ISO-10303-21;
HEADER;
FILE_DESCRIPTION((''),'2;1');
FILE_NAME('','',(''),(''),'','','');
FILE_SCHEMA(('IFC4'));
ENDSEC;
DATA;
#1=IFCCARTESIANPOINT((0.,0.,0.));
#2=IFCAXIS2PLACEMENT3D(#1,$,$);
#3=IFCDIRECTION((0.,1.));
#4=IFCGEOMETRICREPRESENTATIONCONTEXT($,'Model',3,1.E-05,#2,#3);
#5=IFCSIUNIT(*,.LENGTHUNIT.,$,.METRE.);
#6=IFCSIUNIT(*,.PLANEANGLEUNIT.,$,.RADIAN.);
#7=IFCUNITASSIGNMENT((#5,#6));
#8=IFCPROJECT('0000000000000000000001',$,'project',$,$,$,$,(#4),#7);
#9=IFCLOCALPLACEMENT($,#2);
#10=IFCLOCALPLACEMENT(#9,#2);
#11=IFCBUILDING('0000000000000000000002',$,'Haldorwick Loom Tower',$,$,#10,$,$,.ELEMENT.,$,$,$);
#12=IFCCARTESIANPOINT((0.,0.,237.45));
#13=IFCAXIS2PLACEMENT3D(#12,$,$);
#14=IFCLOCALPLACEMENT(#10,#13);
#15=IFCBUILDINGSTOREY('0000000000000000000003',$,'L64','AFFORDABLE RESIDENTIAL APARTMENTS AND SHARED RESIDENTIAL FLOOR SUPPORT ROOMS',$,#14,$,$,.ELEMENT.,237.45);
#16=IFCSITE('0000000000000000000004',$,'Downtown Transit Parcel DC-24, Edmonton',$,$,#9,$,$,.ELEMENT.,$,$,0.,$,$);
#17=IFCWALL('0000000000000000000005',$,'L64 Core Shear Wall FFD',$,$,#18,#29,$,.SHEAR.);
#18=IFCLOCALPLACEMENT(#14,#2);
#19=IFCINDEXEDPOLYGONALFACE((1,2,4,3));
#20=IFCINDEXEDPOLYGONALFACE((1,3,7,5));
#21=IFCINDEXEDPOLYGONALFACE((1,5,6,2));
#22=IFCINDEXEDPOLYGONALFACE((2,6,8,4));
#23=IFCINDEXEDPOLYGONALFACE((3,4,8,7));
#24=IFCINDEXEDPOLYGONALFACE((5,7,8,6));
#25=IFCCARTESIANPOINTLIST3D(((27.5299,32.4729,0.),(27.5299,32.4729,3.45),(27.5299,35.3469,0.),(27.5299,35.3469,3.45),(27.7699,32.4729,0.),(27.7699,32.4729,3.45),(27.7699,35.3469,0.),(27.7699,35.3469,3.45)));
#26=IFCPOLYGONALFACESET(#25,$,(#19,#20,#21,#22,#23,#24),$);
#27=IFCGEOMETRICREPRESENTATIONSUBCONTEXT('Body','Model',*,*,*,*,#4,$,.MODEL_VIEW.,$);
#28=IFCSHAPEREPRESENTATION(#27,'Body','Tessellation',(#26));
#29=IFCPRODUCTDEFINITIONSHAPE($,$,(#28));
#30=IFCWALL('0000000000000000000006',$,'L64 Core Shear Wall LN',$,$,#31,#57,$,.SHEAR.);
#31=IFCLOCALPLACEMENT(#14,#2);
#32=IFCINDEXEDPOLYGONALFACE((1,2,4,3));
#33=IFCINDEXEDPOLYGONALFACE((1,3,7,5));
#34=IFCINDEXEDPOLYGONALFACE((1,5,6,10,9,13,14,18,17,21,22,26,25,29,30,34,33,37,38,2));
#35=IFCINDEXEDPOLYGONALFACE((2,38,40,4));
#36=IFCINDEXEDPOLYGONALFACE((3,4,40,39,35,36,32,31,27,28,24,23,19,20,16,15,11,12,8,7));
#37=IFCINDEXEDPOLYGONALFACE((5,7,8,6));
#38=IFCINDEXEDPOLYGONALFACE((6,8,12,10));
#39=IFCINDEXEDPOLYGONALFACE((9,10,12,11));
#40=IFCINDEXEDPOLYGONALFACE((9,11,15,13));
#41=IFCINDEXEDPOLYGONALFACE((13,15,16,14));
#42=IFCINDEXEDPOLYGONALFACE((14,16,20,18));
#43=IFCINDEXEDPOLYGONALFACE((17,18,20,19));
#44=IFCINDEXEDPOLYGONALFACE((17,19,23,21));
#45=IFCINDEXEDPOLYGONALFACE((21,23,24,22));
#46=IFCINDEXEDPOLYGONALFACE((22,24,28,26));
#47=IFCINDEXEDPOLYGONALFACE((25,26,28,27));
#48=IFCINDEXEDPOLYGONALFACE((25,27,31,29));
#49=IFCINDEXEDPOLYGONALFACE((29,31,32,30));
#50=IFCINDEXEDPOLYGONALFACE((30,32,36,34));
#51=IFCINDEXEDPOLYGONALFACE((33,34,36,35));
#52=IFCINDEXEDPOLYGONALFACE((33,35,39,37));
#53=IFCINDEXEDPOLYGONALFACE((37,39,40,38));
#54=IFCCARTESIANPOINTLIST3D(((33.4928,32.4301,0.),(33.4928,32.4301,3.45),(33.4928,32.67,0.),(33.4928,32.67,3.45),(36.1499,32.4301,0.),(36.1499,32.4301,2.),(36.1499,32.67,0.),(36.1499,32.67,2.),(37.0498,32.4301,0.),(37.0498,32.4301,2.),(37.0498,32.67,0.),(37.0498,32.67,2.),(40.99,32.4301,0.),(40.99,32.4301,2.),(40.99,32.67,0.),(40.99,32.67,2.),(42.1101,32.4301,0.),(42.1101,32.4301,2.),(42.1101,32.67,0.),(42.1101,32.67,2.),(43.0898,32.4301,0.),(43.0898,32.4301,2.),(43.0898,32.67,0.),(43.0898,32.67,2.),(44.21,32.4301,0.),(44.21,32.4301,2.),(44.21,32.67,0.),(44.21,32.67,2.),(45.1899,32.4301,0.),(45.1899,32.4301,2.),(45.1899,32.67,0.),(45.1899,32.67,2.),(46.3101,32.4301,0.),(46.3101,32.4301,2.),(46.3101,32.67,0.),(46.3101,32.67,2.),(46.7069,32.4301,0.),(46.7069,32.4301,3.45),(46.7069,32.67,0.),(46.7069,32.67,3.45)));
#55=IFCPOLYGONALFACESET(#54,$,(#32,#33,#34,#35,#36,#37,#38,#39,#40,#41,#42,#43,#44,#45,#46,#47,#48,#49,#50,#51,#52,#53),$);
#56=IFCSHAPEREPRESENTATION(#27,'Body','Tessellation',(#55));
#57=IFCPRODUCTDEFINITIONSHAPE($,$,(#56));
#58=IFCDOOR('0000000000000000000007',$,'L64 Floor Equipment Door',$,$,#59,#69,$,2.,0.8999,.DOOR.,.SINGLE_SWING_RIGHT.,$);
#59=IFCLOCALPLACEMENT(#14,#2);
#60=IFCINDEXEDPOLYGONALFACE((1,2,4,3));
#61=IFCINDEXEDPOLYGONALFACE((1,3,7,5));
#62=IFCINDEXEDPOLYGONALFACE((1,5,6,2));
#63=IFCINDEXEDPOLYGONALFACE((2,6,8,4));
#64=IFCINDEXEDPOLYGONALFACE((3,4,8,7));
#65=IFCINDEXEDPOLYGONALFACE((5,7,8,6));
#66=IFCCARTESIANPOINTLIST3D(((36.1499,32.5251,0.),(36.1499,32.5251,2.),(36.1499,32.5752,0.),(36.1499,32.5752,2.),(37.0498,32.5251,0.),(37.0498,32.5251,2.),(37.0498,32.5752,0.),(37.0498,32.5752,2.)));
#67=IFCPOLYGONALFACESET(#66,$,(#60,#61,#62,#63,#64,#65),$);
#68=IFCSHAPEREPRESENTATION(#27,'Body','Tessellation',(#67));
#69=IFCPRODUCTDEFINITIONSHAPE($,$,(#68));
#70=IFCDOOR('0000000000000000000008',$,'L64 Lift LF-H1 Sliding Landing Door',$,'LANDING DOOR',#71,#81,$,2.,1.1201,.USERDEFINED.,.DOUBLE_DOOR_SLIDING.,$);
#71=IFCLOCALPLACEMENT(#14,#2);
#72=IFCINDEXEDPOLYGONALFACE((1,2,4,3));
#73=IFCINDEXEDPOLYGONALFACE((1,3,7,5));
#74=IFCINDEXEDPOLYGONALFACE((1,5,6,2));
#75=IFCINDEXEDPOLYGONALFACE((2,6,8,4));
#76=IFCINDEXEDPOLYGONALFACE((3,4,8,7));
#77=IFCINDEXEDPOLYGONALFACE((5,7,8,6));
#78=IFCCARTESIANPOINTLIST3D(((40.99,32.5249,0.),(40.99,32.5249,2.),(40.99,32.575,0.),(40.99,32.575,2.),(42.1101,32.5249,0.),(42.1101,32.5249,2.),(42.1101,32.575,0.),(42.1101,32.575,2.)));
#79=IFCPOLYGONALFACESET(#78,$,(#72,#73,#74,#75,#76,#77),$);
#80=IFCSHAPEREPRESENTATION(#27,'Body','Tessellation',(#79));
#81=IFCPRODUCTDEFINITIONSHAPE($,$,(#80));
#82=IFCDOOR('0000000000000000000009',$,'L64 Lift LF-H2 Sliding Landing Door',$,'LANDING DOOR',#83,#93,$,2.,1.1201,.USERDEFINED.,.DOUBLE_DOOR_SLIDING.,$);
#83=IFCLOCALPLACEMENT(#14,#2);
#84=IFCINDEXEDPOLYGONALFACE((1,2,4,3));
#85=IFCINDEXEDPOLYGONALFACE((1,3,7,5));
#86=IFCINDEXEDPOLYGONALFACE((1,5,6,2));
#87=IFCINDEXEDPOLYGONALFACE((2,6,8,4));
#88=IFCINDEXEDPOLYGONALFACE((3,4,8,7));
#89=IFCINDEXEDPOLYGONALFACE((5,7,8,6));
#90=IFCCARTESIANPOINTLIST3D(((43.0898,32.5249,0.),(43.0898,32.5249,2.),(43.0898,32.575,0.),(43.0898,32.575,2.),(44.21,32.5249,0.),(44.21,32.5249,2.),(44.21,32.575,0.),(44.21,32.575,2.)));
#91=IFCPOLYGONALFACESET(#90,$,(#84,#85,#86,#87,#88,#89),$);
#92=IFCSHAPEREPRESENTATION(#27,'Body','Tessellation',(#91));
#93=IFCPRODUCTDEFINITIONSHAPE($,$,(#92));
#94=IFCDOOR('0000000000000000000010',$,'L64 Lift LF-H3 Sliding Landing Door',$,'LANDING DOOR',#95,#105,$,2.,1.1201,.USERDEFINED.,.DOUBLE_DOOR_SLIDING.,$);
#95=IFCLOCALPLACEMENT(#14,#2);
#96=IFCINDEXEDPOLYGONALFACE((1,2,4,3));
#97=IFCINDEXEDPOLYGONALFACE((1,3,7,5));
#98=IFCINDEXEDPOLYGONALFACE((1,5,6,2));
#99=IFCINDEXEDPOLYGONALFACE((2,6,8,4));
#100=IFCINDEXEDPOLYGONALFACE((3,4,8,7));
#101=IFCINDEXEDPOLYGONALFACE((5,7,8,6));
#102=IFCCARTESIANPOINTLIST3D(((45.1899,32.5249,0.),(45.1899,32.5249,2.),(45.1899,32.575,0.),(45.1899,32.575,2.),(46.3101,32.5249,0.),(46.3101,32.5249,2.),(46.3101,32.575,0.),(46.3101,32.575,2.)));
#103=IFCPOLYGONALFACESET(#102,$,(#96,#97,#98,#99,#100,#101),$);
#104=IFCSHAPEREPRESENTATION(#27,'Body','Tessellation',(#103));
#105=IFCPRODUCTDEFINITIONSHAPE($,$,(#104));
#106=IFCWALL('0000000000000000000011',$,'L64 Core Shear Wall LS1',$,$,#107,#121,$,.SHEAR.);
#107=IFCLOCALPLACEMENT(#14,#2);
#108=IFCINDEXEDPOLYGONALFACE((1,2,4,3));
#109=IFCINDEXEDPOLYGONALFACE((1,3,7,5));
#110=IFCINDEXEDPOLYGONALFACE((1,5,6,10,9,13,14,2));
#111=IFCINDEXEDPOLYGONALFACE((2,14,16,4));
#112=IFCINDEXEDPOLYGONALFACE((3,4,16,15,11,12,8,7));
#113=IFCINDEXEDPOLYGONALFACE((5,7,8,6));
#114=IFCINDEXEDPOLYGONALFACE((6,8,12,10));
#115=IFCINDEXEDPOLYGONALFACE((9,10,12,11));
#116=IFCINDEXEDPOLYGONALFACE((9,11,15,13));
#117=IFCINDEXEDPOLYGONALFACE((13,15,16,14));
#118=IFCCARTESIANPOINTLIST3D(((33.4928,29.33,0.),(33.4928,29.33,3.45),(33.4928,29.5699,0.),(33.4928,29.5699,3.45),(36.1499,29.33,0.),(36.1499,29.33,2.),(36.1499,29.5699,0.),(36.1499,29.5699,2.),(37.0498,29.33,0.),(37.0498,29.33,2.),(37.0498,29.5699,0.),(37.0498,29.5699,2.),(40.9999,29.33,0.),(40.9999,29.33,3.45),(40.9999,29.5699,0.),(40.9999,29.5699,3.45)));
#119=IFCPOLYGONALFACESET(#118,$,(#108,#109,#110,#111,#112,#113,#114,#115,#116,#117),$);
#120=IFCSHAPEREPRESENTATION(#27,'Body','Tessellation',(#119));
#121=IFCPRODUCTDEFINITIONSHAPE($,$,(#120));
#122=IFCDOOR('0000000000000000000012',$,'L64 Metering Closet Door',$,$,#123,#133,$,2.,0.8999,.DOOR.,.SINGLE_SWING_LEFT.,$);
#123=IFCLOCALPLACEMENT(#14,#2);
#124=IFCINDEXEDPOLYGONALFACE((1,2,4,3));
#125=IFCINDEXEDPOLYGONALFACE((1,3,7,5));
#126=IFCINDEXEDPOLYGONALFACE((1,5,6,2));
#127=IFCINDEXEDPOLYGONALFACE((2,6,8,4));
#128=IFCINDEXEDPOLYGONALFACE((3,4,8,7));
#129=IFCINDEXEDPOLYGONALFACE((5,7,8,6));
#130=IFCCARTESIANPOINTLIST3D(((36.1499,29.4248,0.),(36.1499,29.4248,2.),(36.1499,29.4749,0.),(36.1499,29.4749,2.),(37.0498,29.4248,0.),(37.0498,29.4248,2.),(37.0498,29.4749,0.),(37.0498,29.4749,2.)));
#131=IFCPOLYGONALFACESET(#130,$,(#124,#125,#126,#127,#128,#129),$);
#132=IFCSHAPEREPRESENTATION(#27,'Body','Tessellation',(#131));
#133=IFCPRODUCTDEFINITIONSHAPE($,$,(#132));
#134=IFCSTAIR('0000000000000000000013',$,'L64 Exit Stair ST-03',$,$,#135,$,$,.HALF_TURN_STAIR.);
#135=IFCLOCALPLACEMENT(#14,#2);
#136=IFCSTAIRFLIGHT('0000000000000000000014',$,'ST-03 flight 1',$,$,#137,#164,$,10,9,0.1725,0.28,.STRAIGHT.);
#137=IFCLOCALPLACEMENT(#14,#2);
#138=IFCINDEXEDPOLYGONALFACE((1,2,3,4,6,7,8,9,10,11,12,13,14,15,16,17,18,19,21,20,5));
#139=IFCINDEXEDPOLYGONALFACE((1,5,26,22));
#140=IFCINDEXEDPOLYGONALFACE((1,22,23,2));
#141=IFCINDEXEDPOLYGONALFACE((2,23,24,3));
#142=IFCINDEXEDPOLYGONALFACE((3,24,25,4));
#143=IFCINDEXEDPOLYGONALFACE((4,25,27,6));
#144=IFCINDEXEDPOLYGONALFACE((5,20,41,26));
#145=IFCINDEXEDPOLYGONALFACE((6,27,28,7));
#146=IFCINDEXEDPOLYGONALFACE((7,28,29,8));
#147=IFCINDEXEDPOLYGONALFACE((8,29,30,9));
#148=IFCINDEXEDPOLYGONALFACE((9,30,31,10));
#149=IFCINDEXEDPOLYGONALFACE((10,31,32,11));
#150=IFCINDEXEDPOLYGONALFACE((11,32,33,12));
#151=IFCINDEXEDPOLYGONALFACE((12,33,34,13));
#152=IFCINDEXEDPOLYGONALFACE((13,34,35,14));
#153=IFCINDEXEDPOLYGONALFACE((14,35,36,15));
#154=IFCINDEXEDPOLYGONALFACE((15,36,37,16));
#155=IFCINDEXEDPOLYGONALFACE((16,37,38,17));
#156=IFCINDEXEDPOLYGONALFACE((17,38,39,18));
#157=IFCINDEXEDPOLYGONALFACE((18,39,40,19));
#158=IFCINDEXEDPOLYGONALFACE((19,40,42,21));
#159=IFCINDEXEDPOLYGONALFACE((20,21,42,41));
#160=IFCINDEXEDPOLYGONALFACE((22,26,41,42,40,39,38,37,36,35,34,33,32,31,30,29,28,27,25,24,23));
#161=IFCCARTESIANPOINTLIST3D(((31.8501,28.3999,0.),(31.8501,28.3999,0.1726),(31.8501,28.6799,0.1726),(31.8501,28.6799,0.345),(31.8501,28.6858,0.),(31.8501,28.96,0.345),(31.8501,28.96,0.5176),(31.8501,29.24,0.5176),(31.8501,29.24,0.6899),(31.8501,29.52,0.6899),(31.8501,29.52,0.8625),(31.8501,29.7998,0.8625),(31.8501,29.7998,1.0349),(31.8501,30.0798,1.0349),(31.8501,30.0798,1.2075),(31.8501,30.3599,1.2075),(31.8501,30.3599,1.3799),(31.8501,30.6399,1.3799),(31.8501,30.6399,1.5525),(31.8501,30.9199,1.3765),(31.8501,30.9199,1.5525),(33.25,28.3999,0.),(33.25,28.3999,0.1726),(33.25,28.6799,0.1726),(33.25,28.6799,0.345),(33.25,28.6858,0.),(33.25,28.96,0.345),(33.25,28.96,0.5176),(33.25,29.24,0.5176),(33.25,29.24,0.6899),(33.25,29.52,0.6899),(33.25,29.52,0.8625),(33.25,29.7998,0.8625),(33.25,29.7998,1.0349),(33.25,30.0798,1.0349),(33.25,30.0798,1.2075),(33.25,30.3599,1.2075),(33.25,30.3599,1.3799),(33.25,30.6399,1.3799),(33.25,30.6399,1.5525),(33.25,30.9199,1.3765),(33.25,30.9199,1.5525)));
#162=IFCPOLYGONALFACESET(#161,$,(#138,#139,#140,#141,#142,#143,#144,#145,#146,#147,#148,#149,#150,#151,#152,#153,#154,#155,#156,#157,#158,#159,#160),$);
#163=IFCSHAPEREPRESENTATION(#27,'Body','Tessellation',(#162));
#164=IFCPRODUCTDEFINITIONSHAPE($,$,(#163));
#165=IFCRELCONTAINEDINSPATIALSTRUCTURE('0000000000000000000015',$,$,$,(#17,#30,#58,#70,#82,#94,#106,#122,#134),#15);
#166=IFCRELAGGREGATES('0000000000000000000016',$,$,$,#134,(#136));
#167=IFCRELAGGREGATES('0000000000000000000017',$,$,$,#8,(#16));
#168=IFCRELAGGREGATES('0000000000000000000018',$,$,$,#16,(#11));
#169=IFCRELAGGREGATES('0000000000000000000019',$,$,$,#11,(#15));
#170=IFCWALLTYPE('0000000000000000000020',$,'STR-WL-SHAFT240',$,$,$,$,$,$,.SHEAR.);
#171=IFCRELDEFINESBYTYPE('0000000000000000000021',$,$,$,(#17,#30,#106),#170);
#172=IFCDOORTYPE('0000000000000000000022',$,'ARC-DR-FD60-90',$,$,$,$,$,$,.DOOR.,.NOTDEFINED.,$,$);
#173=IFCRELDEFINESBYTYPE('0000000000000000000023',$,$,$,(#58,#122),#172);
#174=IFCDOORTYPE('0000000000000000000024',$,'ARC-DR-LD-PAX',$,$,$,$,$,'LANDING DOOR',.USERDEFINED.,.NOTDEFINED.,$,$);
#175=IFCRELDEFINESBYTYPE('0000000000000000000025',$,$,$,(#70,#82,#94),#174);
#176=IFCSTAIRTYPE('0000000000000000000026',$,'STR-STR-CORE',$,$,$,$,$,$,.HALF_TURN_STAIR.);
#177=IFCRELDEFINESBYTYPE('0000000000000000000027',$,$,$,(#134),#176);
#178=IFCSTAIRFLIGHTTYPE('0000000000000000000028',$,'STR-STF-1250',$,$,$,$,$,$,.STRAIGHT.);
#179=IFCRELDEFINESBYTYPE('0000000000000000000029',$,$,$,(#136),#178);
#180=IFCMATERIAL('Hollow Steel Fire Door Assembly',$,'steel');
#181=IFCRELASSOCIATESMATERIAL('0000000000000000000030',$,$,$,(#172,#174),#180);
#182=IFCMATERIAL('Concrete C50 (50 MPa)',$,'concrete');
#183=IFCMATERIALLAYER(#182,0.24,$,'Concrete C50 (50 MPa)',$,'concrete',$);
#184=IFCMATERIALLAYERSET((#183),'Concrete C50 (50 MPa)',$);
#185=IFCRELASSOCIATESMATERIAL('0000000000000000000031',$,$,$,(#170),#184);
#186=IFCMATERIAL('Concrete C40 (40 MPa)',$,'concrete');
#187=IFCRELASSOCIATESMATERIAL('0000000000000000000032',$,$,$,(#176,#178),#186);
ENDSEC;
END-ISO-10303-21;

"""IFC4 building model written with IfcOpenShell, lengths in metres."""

from ifc_helpers import new_model, si_unit, direction, frame, frame_2d, origin, place, context, subcontext, project, spatial, polyline, rectangle, outline, extrude, material, layer, layer_set, type_object, element, fill, aggregate, save


model = new_model("IFC4")

# Units and contexts
model_context = context("Model", 3, precision=1e-05, world=origin(), true_north=direction((0.0, 1.0)))
body_context = subcontext(model_context, "Body", "Model", "MODEL_VIEW")
ifc_project = project(units=[si_unit("LENGTHUNIT", "METRE"), si_unit("PLANEANGLEUNIT", "RADIAN")], contexts=[model_context])

# Site, building, storey
site_placement = place(None, origin())
site = spatial("IfcSite", under=ifc_project, at=site_placement, Name="Downtown Transit Parcel DC-24, Edmonton", CompositionType="ELEMENT", RefElevation=0.0)
building_placement = place(site_placement, origin())
building = spatial("IfcBuilding", under=site, at=building_placement, Name="Haldorwick Loom Tower", CompositionType="ELEMENT")
storey_placement = place(building_placement, frame((0.0, 0.0, 237.45)))
storey = spatial("IfcBuildingStorey", under=building, at=storey_placement, Name="L64", Description="AFFORDABLE RESIDENTIAL APARTMENTS AND SHARED RESIDENTIAL FLOOR SUPPORT ROOMS", CompositionType="ELEMENT", Elevation=237.45)

# Shared definitions
ifc_material_1 = material(Name="Hollow Steel Fire Door Assembly", Category="steel")
door_type_1 = type_object("IfcDoorType", Name="ARC-DR-FD60-90", OperationType="NOTDEFINED", PredefinedType="DOOR", material=ifc_material_1)

# Shared definitions
ifc_material_2 = material(Name="Concrete C50 (50 MPa)", Category="concrete")
ifc_layer_1 = layer(ifc_material_2, 0.24, Name="Concrete C50 (50 MPa)", Category="concrete")
ifc_layer_set_1 = layer_set([ifc_layer_1], Name="Concrete C50 (50 MPa)")
wall_type_1 = type_object("IfcWallType", Name="STR-WL-SHAFT240", PredefinedType="SHEAR", material=ifc_layer_set_1)

# Wall
wall_1_placement = place(storey_placement, frame((27.6499, 32.4729, 0.0), z_axis=(0.0, 0.0, 1.0), x_axis=(0.0, 1.0, 0.0)))
element("IfcWall", 1, at=wall_1_placement, inside=storey, type_object=wall_type_1, Name="L64 Core Shear Wall FFD", PredefinedType="SHEAR", context=body_context, shape_type="SweptSolid", body=[
    extrude(rectangle(XDim=2.874, YDim=0.24, at=frame_2d((1.437, 0.0))), origin(), (0.0, 0.0, 1.0), 3.45),
])

# Wall, openings, doors
wall_2_placement = place(storey_placement, frame((33.4929, 32.55, 0.0), z_axis=(0.0, 0.0, 1.0), x_axis=(1.0, 0.0, 0.0)))
wall_2 = element("IfcWall", 2, at=wall_2_placement, inside=storey, type_object=wall_type_1, Name="L64 Core Shear Wall LN", PredefinedType="SHEAR", context=body_context, shape_type="SweptSolid", body=[
    extrude(rectangle(XDim=13.2141, YDim=0.24, at=frame_2d((6.6069, 0.0))), origin(), (0.0, 0.0, 1.0), 3.45),
])
opening_1_placement = place(wall_2_placement, frame((2.657, 0.0, 0.0)))
opening_1 = element("IfcOpeningElement", 3, at=opening_1_placement, cuts=wall_2, PredefinedType="OPENING", context=body_context, shape_type="SweptSolid", body=[
    extrude(rectangle(XDim=0.8999, YDim=2.0, at=frame_2d((0.45, 1.0))), frame((0.0, 0.1299, 0.0), z_axis=(0.0, -1.0, 0.0), x_axis=(1.0, 0.0, 0.0)), (0.0, 0.0, 1.0), 0.26),
])
opening_2_placement = place(wall_2_placement, frame((7.4971, 0.0, 0.0)))
opening_2 = element("IfcOpeningElement", 4, at=opening_2_placement, cuts=wall_2, PredefinedType="OPENING", context=body_context, shape_type="SweptSolid", body=[
    extrude(rectangle(XDim=1.1201, YDim=2.0, at=frame_2d((0.5601, 1.0))), frame((0.0, 0.1299, 0.0), z_axis=(0.0, -1.0, 0.0), x_axis=(1.0, 0.0, 0.0)), (0.0, 0.0, 1.0), 0.26),
])
opening_3_placement = place(wall_2_placement, frame((9.5969, 0.0, 0.0)))
opening_3 = element("IfcOpeningElement", 5, at=opening_3_placement, cuts=wall_2, PredefinedType="OPENING", context=body_context, shape_type="SweptSolid", body=[
    extrude(rectangle(XDim=1.1201, YDim=2.0, at=frame_2d((0.5601, 1.0))), frame((0.0, 0.1299, 0.0), z_axis=(0.0, -1.0, 0.0), x_axis=(1.0, 0.0, 0.0)), (0.0, 0.0, 1.0), 0.26),
])
opening_4_placement = place(wall_2_placement, frame((11.697, 0.0, 0.0)))
opening_4 = element("IfcOpeningElement", 6, at=opening_4_placement, cuts=wall_2, PredefinedType="OPENING", context=body_context, shape_type="SweptSolid", body=[
    extrude(rectangle(XDim=1.1201, YDim=2.0, at=frame_2d((0.5601, 1.0))), frame((0.0, 0.1299, 0.0), z_axis=(0.0, -1.0, 0.0), x_axis=(1.0, 0.0, 0.0)), (0.0, 0.0, 1.0), 0.26),
])
door_1_placement = place(opening_1_placement, frame((0.8999, 0.0, 0.0), z_axis=(0.0, 0.0, 1.0), x_axis=(-1.0, 0.0, 0.0)))
door_1 = element("IfcDoor", 7, at=door_1_placement, inside=storey, type_object=door_type_1, Name="L64 Floor Equipment Door", OperationType="SINGLE_SWING_RIGHT", OverallHeight=2.0, OverallWidth=0.8999, PredefinedType="DOOR", context=body_context, shape_type="SweptSolid", body=[
    extrude(rectangle(XDim=0.8999, YDim=2.0, at=frame_2d((0.45, 1.0))), frame((0.0, 0.0249, 0.0), z_axis=(0.0, -1.0, 0.0), x_axis=(1.0, 0.0, 0.0)), (0.0, 0.0, 1.0), 0.05),
])
fill(opening_1, door_1)
door_type_2 = type_object("IfcDoorType", Name="ARC-DR-LD-PAX", ElementType="LANDING DOOR", OperationType="NOTDEFINED", PredefinedType="USERDEFINED", material=ifc_material_1)
door_2_placement = place(opening_2_placement, origin())
door_2 = element("IfcDoor", 8, at=door_2_placement, inside=storey, type_object=door_type_2, Name="L64 Lift LF-H1 Sliding Landing Door", ObjectType="LANDING DOOR", OperationType="DOUBLE_DOOR_SLIDING", OverallHeight=2.0, OverallWidth=1.1201, PredefinedType="USERDEFINED", context=body_context, shape_type="SweptSolid", body=[
    extrude(rectangle(XDim=1.1201, YDim=2.0, at=frame_2d((0.5601, 1.0))), frame((0.0, 0.0249, 0.0), z_axis=(0.0, -1.0, 0.0), x_axis=(1.0, 0.0, 0.0)), (0.0, 0.0, 1.0), 0.05),
])
fill(opening_2, door_2)
door_3_placement = place(opening_3_placement, origin())
door_3 = element("IfcDoor", 9, at=door_3_placement, inside=storey, type_object=door_type_2, Name="L64 Lift LF-H2 Sliding Landing Door", ObjectType="LANDING DOOR", OperationType="DOUBLE_DOOR_SLIDING", OverallHeight=2.0, OverallWidth=1.1201, PredefinedType="USERDEFINED", context=body_context, shape_type="SweptSolid", body=[
    extrude(rectangle(XDim=1.1201, YDim=2.0, at=frame_2d((0.5601, 1.0))), frame((0.0, 0.0249, 0.0), z_axis=(0.0, -1.0, 0.0), x_axis=(1.0, 0.0, 0.0)), (0.0, 0.0, 1.0), 0.05),
])
fill(opening_3, door_3)
door_4_placement = place(opening_4_placement, origin())
door_4 = element("IfcDoor", 10, at=door_4_placement, inside=storey, type_object=door_type_2, Name="L64 Lift LF-H3 Sliding Landing Door", ObjectType="LANDING DOOR", OperationType="DOUBLE_DOOR_SLIDING", OverallHeight=2.0, OverallWidth=1.1201, PredefinedType="USERDEFINED", context=body_context, shape_type="SweptSolid", body=[
    extrude(rectangle(XDim=1.1201, YDim=2.0, at=frame_2d((0.5601, 1.0))), frame((0.0, 0.0249, 0.0), z_axis=(0.0, -1.0, 0.0), x_axis=(1.0, 0.0, 0.0)), (0.0, 0.0, 1.0), 0.05),
])
fill(opening_4, door_4)

# Wall, opening, door
wall_3_placement = place(storey_placement, frame((33.4929, 29.45, 0.0), z_axis=(0.0, 0.0, 1.0), x_axis=(1.0, 0.0, 0.0)))
wall_3 = element("IfcWall", 11, at=wall_3_placement, inside=storey, type_object=wall_type_1, Name="L64 Core Shear Wall LS1", PredefinedType="SHEAR", context=body_context, shape_type="SweptSolid", body=[
    extrude(rectangle(XDim=7.5071, YDim=0.24, at=frame_2d((3.7534, 0.0))), origin(), (0.0, 0.0, 1.0), 3.45),
])
opening_5_placement = place(wall_3_placement, frame((2.657, 0.0, 0.0)))
opening_5 = element("IfcOpeningElement", 12, at=opening_5_placement, cuts=wall_3, PredefinedType="OPENING", context=body_context, shape_type="SweptSolid", body=[
    extrude(rectangle(XDim=0.8999, YDim=2.0, at=frame_2d((0.45, 1.0))), frame((0.0, 0.1299, 0.0), z_axis=(0.0, -1.0, 0.0), x_axis=(1.0, 0.0, 0.0)), (0.0, 0.0, 1.0), 0.26),
])
door_5_placement = place(opening_5_placement, origin())
door_5 = element("IfcDoor", 13, at=door_5_placement, inside=storey, type_object=door_type_1, Name="L64 Metering Closet Door", OperationType="SINGLE_SWING_LEFT", OverallHeight=2.0, OverallWidth=0.8999, PredefinedType="DOOR", context=body_context, shape_type="SweptSolid", body=[
    extrude(rectangle(XDim=0.8999, YDim=2.0, at=frame_2d((0.45, 1.0))), frame((0.0, 0.0249, 0.0), z_axis=(0.0, -1.0, 0.0), x_axis=(1.0, 0.0, 0.0)), (0.0, 0.0, 1.0), 0.05),
])
fill(opening_5, door_5)

# Stair, stair flight
ifc_material_3 = material(Name="Concrete C40 (40 MPa)", Category="concrete")
stair_type = type_object("IfcStairType", Name="STR-STR-CORE", PredefinedType="HALF_TURN_STAIR", material=ifc_material_3)
stair_placement = place(storey_placement, origin())
stair = element("IfcStair", 14, at=stair_placement, inside=storey, type_object=stair_type, Name="L64 Exit Stair ST-03", PredefinedType="HALF_TURN_STAIR")
stair_flight_type = type_object("IfcStairFlightType", Name="STR-STF-1250", PredefinedType="STRAIGHT", material=ifc_material_3)
stair_flight_1_placement = place(storey_placement, frame((32.55, 28.3999, 0.0), z_axis=(0.0, 0.0, 1.0), x_axis=(0.0, 1.0, 0.0)))
stair_flight_1 = element("IfcStairFlight", 15, at=stair_flight_1_placement, type_object=stair_flight_type, Name="ST-03 flight 1", NumberOfRisers=10, NumberOfTreads=9, PredefinedType="STRAIGHT", RiserHeight=0.1725, TreadLength=0.28, context=body_context, shape_type="SweptSolid", body=[
    extrude(outline(polyline([(0.0, 0.0), (0.0, 0.1726), (0.28, 0.1726), (0.28, 0.345), (0.5601, 0.345), (0.5601, 0.5176), (0.8401, 0.5176), (0.8401, 0.6899), (1.1201, 0.6899), (1.1201, 0.8625), (1.3999, 0.8625), (1.3999, 1.0349), (1.6799, 1.0349), (1.6799, 1.2075), (1.96, 1.2075), (1.96, 1.3799), (2.24, 1.3799), (2.24, 1.5525), (2.52, 1.5525), (2.52, 1.7251), (2.52, 1.3765), (0.2859, 0.0), (0.0, 0.0)])), frame((0.0, 0.7, 0.0), z_axis=(0.0, -1.0, 0.0), x_axis=(1.0, 0.0, 0.0)), (0.0, 0.0, 1.0), 1.3999),
])
aggregate(stair, [stair_flight_1])

save(model, "model.ifc")
